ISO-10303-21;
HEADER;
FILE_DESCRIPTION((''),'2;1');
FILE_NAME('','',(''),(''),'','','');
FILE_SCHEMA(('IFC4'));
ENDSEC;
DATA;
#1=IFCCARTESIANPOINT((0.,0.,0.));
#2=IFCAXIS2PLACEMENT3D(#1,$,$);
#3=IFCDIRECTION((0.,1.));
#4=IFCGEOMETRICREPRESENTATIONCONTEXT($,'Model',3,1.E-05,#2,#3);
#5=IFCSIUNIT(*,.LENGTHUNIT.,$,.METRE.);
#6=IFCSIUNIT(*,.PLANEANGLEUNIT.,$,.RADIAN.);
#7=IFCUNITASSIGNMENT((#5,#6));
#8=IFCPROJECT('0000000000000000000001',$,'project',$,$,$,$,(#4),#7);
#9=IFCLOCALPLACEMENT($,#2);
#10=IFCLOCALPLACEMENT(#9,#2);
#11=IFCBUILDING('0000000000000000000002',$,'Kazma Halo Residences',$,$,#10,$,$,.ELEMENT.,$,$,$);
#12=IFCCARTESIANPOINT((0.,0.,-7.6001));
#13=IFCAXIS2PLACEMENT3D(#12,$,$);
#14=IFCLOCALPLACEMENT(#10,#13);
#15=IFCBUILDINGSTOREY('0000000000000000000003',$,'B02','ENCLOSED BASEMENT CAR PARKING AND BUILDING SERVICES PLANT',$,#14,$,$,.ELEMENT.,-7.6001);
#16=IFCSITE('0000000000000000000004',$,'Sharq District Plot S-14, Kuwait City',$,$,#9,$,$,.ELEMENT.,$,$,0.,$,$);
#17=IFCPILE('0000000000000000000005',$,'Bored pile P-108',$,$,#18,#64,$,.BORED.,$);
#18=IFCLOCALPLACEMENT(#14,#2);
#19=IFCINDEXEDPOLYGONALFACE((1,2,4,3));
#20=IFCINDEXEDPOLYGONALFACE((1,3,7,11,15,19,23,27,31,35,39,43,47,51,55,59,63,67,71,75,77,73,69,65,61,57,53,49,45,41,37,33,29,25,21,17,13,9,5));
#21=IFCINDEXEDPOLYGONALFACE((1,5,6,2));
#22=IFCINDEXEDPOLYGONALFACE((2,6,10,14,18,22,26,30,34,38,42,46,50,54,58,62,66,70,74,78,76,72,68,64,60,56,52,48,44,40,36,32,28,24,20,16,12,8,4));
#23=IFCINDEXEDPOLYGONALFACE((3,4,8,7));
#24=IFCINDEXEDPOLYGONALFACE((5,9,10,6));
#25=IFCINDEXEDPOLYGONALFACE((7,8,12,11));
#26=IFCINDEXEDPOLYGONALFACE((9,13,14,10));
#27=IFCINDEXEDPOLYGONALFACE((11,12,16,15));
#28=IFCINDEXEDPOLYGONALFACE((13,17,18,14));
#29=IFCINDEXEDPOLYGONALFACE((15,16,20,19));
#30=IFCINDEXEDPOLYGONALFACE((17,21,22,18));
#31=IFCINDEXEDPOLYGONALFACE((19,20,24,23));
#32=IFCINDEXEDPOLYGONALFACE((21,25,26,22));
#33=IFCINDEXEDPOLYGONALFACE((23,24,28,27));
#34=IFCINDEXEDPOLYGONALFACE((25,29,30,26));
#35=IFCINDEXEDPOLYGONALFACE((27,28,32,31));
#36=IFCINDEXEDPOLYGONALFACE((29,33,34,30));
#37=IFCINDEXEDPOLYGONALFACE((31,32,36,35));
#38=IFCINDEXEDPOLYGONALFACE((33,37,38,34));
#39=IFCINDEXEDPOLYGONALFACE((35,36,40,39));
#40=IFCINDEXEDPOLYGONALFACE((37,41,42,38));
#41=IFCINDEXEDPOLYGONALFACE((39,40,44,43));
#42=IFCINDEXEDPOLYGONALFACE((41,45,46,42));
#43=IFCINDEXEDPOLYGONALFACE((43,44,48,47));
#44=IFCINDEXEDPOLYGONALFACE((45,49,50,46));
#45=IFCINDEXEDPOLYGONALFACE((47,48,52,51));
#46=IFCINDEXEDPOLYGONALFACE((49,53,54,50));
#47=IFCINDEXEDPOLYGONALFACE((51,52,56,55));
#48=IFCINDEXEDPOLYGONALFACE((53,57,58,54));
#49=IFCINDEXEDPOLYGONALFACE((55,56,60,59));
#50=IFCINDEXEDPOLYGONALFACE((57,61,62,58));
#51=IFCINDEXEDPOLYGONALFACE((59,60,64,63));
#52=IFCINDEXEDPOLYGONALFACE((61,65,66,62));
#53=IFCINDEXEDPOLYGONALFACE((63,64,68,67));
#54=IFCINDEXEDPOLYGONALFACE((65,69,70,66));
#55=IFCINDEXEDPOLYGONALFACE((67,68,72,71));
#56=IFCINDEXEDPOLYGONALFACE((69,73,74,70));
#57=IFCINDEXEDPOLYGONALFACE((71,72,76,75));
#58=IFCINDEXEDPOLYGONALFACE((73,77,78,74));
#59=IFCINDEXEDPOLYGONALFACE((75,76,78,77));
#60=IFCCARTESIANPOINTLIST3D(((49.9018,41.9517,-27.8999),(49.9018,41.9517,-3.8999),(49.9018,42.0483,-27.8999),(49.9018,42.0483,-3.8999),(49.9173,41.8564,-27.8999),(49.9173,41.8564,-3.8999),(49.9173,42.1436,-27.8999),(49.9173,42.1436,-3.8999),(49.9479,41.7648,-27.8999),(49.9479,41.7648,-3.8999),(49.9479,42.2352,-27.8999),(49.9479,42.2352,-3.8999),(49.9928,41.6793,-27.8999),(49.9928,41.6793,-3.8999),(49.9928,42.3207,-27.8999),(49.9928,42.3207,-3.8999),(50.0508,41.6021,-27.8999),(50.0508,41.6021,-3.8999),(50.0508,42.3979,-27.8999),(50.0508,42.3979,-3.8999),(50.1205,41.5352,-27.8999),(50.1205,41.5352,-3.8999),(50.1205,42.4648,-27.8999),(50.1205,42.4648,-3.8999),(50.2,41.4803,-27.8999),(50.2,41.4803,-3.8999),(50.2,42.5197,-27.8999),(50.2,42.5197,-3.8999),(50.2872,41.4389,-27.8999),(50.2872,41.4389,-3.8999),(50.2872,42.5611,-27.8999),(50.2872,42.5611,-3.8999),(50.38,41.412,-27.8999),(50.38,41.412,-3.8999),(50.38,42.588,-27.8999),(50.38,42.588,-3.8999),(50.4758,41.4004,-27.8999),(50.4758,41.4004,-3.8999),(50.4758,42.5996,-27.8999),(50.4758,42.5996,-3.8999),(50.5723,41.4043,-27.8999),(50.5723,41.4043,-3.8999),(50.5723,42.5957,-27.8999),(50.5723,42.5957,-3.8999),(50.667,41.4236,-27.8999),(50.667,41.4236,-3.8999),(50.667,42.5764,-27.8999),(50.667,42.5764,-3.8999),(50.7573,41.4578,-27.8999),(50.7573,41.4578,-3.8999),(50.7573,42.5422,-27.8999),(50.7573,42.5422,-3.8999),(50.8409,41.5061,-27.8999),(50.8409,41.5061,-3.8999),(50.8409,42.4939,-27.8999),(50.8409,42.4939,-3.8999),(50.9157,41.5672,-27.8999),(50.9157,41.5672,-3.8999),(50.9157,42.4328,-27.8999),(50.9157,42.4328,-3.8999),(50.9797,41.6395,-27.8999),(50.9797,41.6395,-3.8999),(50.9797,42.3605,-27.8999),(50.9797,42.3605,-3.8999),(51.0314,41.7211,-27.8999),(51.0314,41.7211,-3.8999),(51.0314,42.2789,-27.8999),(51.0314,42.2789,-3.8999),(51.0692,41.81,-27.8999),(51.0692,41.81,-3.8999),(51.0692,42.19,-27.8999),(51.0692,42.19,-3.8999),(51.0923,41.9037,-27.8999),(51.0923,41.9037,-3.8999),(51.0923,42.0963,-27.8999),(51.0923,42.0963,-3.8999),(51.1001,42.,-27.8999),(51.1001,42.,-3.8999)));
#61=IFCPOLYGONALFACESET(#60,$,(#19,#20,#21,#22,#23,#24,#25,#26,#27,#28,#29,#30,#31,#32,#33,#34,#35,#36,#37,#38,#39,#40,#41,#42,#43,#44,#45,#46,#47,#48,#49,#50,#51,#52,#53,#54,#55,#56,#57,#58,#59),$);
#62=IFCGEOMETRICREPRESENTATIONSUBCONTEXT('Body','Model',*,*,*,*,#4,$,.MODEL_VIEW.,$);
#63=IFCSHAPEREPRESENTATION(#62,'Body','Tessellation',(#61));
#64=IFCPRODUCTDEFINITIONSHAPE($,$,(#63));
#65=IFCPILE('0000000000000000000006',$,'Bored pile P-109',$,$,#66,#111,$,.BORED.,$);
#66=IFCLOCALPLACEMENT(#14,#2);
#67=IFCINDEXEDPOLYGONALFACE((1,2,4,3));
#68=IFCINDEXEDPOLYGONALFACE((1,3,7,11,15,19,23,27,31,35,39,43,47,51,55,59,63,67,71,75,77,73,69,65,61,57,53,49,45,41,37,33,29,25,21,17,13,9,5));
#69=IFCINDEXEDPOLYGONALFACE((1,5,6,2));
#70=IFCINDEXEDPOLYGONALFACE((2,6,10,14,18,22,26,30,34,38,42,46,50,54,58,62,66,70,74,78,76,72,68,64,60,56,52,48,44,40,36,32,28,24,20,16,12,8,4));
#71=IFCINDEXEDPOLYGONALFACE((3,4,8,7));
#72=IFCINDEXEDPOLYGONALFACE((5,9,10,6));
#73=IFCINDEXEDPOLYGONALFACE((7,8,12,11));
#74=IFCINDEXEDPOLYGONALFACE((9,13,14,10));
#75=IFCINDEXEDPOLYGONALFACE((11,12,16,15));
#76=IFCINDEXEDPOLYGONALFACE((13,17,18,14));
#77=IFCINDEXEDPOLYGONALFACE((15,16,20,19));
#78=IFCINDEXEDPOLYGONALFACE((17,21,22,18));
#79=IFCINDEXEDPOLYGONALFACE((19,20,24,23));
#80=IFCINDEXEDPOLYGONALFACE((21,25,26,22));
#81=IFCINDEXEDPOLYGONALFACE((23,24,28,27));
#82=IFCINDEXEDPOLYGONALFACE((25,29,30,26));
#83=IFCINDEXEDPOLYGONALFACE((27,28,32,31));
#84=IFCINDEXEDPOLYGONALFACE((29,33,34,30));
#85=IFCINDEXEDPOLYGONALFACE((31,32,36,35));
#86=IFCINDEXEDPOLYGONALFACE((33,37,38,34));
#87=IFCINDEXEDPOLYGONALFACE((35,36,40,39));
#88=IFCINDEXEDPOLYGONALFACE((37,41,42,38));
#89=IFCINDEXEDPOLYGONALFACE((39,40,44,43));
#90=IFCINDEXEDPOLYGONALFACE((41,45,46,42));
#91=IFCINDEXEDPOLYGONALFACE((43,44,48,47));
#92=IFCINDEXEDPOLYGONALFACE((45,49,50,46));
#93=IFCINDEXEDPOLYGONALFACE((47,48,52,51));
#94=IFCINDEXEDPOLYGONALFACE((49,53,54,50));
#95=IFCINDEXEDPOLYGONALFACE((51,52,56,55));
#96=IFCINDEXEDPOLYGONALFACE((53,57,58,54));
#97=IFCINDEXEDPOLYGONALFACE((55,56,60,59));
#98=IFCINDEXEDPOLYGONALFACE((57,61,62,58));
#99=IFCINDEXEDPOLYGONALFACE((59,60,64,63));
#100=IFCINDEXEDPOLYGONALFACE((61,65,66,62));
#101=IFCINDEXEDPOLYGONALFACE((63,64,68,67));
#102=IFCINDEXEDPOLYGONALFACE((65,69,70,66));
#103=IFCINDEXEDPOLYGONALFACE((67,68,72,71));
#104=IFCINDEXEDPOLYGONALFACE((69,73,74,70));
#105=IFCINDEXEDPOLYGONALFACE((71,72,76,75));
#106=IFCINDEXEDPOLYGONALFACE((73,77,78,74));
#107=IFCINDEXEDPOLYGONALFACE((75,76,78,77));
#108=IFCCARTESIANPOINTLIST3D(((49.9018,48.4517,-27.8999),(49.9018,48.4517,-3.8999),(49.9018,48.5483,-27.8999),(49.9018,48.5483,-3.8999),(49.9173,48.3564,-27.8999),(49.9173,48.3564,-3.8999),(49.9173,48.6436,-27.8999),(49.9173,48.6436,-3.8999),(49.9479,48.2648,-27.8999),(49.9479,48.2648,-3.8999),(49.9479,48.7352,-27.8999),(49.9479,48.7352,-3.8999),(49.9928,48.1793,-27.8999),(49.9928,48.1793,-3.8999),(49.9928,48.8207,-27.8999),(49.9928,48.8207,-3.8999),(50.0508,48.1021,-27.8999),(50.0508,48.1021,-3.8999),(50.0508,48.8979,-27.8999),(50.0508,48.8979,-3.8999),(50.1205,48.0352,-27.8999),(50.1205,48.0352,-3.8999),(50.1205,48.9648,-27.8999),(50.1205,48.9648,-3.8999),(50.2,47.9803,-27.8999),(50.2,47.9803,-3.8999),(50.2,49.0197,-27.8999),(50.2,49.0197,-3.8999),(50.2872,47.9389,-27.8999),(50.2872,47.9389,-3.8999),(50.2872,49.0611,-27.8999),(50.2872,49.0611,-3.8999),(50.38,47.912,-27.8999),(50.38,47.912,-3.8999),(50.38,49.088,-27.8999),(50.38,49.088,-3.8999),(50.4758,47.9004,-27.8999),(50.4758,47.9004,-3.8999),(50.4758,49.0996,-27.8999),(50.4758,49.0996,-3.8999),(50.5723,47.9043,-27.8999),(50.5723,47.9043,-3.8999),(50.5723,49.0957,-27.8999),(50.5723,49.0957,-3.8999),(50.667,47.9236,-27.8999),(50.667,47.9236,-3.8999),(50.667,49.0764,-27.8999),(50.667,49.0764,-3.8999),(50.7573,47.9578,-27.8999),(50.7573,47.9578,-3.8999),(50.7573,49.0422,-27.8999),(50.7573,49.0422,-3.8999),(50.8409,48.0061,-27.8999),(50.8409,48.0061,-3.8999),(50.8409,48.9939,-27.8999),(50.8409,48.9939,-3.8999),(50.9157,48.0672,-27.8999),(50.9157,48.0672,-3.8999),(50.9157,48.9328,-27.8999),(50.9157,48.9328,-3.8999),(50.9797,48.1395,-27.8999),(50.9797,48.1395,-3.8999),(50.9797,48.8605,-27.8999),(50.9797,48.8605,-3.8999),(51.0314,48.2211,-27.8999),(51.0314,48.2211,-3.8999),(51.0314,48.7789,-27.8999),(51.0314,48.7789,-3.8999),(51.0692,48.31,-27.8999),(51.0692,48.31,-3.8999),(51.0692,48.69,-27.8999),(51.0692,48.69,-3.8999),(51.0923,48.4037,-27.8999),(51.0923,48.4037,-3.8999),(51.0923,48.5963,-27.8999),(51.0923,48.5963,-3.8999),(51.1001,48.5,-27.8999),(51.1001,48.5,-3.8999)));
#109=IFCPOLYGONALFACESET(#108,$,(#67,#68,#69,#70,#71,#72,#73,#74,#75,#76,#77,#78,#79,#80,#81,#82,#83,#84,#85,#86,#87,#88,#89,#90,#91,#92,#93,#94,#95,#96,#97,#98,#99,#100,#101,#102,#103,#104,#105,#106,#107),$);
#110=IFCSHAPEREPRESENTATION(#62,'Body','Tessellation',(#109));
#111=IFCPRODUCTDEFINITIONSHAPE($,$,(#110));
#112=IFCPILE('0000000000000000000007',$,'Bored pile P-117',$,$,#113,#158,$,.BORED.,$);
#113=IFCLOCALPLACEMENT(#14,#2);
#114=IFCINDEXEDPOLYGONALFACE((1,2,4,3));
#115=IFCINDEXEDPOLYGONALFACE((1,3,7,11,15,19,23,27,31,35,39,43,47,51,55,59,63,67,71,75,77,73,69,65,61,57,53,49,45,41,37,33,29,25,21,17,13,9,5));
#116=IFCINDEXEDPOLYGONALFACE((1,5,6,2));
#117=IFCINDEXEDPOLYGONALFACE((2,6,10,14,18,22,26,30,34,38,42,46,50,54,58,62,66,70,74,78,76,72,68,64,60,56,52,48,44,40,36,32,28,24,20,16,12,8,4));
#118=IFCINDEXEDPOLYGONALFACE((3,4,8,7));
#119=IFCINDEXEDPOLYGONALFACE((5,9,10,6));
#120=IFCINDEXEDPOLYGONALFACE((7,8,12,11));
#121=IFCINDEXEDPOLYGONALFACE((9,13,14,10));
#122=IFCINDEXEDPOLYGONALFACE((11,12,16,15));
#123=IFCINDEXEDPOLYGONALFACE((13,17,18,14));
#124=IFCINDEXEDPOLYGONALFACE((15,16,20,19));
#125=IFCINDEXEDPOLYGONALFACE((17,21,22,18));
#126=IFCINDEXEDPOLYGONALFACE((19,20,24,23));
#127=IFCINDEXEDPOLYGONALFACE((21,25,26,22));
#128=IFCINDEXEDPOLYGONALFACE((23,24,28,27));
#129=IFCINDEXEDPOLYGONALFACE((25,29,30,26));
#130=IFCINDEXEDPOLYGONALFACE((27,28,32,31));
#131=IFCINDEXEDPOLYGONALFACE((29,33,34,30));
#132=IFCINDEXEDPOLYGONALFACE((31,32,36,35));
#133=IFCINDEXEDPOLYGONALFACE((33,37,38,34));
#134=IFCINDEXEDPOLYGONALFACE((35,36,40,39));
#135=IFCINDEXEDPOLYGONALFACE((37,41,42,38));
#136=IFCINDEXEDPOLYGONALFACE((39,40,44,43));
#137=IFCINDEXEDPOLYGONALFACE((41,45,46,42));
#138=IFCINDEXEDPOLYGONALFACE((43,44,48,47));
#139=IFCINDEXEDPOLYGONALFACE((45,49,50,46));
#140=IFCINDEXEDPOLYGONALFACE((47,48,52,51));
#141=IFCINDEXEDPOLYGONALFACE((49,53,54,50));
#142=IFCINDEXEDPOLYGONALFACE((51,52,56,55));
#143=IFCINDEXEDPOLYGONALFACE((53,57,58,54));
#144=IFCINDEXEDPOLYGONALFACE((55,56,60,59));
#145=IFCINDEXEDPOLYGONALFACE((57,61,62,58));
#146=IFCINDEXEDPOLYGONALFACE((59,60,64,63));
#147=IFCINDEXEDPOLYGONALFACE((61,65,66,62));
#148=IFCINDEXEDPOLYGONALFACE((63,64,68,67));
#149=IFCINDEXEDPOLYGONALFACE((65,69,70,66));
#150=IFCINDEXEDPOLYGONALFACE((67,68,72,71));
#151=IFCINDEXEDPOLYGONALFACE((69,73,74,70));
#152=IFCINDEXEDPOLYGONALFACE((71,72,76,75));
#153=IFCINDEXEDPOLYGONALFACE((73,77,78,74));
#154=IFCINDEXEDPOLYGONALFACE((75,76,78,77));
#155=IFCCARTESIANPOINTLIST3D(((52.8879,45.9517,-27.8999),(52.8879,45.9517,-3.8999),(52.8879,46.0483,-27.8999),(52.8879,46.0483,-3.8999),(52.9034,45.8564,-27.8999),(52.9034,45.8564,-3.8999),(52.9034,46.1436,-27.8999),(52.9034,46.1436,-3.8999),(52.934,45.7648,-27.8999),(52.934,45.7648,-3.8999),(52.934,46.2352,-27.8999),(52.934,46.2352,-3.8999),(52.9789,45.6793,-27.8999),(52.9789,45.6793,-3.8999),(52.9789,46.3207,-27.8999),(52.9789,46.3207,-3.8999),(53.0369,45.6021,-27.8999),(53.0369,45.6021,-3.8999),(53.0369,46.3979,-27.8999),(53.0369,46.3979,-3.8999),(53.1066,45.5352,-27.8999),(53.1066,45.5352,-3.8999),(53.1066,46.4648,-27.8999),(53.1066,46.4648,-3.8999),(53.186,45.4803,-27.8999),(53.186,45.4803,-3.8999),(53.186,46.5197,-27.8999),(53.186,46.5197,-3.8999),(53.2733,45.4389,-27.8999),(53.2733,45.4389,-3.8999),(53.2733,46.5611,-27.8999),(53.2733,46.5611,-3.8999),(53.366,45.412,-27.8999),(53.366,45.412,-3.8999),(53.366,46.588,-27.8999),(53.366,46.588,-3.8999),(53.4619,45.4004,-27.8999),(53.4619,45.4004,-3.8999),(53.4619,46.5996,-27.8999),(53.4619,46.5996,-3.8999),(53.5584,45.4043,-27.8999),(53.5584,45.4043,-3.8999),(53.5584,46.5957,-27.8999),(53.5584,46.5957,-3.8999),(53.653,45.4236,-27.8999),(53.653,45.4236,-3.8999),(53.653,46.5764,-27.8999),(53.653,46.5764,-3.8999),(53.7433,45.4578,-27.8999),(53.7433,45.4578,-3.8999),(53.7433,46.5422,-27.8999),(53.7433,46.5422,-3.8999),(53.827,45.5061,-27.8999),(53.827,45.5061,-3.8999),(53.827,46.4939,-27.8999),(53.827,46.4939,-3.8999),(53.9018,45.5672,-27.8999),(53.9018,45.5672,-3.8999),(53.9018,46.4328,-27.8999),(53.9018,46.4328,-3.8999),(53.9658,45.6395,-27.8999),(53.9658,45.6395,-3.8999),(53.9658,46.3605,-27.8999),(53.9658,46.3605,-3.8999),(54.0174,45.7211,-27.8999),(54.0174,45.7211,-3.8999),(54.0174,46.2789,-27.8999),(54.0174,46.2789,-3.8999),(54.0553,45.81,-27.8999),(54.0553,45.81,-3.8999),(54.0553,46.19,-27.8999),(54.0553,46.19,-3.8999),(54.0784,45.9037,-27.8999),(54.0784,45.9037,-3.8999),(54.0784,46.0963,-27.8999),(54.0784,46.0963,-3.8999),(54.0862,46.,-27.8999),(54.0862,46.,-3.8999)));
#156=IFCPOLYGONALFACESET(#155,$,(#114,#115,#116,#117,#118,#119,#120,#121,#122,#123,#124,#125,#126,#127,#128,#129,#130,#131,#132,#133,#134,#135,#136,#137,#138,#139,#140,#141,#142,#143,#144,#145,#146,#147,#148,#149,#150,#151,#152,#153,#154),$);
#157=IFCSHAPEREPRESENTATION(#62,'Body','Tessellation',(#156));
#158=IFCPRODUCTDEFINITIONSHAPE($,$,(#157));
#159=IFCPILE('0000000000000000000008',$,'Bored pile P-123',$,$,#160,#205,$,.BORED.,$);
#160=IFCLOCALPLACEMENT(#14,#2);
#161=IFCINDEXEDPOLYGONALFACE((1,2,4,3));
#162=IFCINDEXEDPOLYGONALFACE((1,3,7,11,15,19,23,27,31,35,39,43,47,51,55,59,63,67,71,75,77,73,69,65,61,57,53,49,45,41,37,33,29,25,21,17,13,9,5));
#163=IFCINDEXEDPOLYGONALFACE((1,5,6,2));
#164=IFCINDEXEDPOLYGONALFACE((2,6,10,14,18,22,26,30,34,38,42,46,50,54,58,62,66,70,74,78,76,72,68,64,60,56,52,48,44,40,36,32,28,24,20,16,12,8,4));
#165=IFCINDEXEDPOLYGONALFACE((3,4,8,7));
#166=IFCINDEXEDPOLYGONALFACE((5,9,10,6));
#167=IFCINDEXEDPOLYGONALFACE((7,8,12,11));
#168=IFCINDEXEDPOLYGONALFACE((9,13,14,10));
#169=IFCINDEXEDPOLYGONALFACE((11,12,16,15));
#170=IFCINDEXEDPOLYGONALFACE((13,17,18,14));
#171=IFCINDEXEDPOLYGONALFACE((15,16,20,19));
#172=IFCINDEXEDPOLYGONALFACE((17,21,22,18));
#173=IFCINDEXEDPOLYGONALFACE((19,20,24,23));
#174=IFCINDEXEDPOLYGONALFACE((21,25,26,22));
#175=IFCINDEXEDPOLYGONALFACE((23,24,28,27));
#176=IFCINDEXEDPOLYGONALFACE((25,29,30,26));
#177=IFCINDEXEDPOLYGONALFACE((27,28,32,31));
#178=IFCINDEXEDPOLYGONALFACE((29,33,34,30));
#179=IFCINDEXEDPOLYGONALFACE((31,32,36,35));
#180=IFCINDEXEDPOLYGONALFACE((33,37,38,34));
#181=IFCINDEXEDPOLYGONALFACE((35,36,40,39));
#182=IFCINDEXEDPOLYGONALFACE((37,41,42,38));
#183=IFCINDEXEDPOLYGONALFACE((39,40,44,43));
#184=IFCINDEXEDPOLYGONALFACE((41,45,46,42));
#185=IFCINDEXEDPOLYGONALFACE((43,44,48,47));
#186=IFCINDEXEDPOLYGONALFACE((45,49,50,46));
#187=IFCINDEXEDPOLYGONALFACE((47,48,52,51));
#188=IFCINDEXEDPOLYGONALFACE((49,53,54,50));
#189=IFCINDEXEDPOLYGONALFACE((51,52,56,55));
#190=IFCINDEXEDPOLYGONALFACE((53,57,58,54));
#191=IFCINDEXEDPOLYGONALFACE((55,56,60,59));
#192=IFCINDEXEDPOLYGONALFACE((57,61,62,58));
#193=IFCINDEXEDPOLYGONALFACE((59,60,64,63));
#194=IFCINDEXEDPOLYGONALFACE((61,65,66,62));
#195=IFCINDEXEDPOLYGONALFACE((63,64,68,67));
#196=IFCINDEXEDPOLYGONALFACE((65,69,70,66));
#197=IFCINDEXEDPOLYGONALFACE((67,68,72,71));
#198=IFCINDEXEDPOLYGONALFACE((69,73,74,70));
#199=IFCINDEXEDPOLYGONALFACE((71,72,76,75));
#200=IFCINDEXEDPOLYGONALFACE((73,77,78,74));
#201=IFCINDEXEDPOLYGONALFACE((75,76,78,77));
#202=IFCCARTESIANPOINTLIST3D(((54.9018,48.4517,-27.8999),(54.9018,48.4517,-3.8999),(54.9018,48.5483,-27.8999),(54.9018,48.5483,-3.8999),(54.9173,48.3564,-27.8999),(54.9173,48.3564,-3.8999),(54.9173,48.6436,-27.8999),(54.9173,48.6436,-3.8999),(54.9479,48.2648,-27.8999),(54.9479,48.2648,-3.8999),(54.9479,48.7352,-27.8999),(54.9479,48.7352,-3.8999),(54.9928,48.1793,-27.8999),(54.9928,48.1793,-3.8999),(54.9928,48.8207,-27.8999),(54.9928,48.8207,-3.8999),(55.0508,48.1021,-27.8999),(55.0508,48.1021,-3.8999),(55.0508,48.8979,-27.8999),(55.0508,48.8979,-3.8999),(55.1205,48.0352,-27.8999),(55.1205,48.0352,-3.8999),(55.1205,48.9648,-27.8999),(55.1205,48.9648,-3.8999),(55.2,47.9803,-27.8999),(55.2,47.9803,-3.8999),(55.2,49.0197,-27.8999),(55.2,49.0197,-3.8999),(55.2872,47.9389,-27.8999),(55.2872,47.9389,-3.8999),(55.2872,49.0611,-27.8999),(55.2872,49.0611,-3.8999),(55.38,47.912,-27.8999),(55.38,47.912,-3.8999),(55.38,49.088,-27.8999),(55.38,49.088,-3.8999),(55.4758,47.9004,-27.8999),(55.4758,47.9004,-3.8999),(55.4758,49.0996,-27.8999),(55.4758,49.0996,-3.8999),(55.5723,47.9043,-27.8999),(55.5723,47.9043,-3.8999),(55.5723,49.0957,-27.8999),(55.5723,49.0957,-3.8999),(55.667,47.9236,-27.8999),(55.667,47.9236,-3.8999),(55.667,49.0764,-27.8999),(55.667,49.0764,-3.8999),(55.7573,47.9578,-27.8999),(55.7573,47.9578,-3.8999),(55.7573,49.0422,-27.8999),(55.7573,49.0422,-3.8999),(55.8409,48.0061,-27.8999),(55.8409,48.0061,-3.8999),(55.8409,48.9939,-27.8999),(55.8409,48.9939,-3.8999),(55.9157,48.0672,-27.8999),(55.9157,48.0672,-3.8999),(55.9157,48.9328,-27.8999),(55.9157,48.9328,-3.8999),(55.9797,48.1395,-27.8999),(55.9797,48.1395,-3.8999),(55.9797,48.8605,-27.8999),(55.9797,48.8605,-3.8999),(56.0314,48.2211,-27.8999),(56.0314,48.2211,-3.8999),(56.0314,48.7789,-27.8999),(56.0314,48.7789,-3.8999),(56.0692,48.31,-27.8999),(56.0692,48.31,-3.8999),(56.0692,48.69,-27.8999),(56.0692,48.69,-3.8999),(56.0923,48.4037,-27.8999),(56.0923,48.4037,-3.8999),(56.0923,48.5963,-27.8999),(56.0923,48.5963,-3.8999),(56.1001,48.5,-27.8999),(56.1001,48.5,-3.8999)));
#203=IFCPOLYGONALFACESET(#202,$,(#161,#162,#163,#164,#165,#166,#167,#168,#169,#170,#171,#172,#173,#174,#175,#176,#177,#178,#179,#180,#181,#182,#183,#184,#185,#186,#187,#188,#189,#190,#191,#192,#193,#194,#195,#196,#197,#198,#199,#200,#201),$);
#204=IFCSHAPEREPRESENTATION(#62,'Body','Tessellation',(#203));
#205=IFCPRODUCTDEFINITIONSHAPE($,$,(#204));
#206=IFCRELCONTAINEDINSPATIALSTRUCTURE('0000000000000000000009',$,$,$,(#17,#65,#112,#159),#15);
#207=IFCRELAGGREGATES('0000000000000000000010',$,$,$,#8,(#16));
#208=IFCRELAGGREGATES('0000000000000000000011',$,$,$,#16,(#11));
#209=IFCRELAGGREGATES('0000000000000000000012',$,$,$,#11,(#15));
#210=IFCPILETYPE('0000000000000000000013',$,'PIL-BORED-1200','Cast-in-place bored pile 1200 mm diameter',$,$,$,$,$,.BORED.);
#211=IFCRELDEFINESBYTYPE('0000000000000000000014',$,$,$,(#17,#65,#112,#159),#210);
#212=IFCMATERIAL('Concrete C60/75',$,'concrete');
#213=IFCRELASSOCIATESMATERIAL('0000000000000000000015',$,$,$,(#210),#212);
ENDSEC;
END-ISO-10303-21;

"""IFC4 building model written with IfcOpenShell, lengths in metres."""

from ifc_helpers import new_model, si_unit, direction, frame, origin, origin_2d, place, context, subcontext, project, spatial, circle, extrude, material, material_profile, profile_set, type_object, element, save


model = new_model("IFC4")

# Units and contexts
model_context = context("Model", 3, precision=1e-05, world=origin(), true_north=direction((0.0, 1.0)))
body_context = subcontext(model_context, "Body", "Model", "MODEL_VIEW")
ifc_project = project(units=[si_unit("LENGTHUNIT", "METRE"), si_unit("PLANEANGLEUNIT", "RADIAN")], contexts=[model_context])

# Site, building, storey
site_placement = place(None, origin())
site = spatial("IfcSite", under=ifc_project, at=site_placement, Name="Sharq District Plot S-14, Kuwait City", CompositionType="ELEMENT", RefElevation=0.0)
building_placement = place(site_placement, origin())
building = spatial("IfcBuilding", under=site, at=building_placement, Name="Kazma Halo Residences", CompositionType="ELEMENT")
storey_placement = place(building_placement, frame((0.0, 0.0, -7.6001)))
storey = spatial("IfcBuildingStorey", under=building, at=storey_placement, Name="B02", Description="ENCLOSED BASEMENT CAR PARKING AND BUILDING SERVICES PLANT", CompositionType="ELEMENT", Elevation=-7.6001)

# Piles
ifc_material_1 = material(Name="Concrete C60/75", Category="concrete")
ifc_material_profile_1 = material_profile(ifc_material_1, circle(Radius=0.6001, at=origin_2d()), Name="CIRC1200")
ifc_profile_set_1 = profile_set([ifc_material_profile_1], Name="Concrete C60/75")
pile_type = type_object("IfcPileType", Name="PIL-BORED-1200", Description="Cast-in-place bored pile 1200 mm diameter", PredefinedType="BORED", material=ifc_profile_set_1)
for number, where, z_axis, x_axis, name in (
    (1, (50.5, 42.0, -3.8999), (0.0, 0.0, -1.0), (1.0, 0.0, 0.0), "Bored pile P-108"),
    (2, (50.5, 48.5, -3.8999), (0.0, 0.0, -1.0), (1.0, 0.0, 0.0), "Bored pile P-109"),
    (3, (53.4861, 46.0, -3.8999), (0.0, 0.0, -1.0), (1.0, 0.0, 0.0), "Bored pile P-117"),
    (4, (55.5, 48.5, -3.8999), (0.0, 0.0, -1.0), (1.0, 0.0, 0.0), "Bored pile P-123"),
):
    element("IfcPile", number, at=place(storey_placement, frame(where, z_axis=z_axis, x_axis=x_axis)), inside=storey, type_object=pile_type, Name=name, PredefinedType="BORED", context=body_context, shape_type="SweptSolid", body=[
        extrude(circle(Radius=0.6001, at=origin_2d()), origin(), (0.0, 0.0, 1.0), 24.0),
    ])

save(model, "model.ifc")
